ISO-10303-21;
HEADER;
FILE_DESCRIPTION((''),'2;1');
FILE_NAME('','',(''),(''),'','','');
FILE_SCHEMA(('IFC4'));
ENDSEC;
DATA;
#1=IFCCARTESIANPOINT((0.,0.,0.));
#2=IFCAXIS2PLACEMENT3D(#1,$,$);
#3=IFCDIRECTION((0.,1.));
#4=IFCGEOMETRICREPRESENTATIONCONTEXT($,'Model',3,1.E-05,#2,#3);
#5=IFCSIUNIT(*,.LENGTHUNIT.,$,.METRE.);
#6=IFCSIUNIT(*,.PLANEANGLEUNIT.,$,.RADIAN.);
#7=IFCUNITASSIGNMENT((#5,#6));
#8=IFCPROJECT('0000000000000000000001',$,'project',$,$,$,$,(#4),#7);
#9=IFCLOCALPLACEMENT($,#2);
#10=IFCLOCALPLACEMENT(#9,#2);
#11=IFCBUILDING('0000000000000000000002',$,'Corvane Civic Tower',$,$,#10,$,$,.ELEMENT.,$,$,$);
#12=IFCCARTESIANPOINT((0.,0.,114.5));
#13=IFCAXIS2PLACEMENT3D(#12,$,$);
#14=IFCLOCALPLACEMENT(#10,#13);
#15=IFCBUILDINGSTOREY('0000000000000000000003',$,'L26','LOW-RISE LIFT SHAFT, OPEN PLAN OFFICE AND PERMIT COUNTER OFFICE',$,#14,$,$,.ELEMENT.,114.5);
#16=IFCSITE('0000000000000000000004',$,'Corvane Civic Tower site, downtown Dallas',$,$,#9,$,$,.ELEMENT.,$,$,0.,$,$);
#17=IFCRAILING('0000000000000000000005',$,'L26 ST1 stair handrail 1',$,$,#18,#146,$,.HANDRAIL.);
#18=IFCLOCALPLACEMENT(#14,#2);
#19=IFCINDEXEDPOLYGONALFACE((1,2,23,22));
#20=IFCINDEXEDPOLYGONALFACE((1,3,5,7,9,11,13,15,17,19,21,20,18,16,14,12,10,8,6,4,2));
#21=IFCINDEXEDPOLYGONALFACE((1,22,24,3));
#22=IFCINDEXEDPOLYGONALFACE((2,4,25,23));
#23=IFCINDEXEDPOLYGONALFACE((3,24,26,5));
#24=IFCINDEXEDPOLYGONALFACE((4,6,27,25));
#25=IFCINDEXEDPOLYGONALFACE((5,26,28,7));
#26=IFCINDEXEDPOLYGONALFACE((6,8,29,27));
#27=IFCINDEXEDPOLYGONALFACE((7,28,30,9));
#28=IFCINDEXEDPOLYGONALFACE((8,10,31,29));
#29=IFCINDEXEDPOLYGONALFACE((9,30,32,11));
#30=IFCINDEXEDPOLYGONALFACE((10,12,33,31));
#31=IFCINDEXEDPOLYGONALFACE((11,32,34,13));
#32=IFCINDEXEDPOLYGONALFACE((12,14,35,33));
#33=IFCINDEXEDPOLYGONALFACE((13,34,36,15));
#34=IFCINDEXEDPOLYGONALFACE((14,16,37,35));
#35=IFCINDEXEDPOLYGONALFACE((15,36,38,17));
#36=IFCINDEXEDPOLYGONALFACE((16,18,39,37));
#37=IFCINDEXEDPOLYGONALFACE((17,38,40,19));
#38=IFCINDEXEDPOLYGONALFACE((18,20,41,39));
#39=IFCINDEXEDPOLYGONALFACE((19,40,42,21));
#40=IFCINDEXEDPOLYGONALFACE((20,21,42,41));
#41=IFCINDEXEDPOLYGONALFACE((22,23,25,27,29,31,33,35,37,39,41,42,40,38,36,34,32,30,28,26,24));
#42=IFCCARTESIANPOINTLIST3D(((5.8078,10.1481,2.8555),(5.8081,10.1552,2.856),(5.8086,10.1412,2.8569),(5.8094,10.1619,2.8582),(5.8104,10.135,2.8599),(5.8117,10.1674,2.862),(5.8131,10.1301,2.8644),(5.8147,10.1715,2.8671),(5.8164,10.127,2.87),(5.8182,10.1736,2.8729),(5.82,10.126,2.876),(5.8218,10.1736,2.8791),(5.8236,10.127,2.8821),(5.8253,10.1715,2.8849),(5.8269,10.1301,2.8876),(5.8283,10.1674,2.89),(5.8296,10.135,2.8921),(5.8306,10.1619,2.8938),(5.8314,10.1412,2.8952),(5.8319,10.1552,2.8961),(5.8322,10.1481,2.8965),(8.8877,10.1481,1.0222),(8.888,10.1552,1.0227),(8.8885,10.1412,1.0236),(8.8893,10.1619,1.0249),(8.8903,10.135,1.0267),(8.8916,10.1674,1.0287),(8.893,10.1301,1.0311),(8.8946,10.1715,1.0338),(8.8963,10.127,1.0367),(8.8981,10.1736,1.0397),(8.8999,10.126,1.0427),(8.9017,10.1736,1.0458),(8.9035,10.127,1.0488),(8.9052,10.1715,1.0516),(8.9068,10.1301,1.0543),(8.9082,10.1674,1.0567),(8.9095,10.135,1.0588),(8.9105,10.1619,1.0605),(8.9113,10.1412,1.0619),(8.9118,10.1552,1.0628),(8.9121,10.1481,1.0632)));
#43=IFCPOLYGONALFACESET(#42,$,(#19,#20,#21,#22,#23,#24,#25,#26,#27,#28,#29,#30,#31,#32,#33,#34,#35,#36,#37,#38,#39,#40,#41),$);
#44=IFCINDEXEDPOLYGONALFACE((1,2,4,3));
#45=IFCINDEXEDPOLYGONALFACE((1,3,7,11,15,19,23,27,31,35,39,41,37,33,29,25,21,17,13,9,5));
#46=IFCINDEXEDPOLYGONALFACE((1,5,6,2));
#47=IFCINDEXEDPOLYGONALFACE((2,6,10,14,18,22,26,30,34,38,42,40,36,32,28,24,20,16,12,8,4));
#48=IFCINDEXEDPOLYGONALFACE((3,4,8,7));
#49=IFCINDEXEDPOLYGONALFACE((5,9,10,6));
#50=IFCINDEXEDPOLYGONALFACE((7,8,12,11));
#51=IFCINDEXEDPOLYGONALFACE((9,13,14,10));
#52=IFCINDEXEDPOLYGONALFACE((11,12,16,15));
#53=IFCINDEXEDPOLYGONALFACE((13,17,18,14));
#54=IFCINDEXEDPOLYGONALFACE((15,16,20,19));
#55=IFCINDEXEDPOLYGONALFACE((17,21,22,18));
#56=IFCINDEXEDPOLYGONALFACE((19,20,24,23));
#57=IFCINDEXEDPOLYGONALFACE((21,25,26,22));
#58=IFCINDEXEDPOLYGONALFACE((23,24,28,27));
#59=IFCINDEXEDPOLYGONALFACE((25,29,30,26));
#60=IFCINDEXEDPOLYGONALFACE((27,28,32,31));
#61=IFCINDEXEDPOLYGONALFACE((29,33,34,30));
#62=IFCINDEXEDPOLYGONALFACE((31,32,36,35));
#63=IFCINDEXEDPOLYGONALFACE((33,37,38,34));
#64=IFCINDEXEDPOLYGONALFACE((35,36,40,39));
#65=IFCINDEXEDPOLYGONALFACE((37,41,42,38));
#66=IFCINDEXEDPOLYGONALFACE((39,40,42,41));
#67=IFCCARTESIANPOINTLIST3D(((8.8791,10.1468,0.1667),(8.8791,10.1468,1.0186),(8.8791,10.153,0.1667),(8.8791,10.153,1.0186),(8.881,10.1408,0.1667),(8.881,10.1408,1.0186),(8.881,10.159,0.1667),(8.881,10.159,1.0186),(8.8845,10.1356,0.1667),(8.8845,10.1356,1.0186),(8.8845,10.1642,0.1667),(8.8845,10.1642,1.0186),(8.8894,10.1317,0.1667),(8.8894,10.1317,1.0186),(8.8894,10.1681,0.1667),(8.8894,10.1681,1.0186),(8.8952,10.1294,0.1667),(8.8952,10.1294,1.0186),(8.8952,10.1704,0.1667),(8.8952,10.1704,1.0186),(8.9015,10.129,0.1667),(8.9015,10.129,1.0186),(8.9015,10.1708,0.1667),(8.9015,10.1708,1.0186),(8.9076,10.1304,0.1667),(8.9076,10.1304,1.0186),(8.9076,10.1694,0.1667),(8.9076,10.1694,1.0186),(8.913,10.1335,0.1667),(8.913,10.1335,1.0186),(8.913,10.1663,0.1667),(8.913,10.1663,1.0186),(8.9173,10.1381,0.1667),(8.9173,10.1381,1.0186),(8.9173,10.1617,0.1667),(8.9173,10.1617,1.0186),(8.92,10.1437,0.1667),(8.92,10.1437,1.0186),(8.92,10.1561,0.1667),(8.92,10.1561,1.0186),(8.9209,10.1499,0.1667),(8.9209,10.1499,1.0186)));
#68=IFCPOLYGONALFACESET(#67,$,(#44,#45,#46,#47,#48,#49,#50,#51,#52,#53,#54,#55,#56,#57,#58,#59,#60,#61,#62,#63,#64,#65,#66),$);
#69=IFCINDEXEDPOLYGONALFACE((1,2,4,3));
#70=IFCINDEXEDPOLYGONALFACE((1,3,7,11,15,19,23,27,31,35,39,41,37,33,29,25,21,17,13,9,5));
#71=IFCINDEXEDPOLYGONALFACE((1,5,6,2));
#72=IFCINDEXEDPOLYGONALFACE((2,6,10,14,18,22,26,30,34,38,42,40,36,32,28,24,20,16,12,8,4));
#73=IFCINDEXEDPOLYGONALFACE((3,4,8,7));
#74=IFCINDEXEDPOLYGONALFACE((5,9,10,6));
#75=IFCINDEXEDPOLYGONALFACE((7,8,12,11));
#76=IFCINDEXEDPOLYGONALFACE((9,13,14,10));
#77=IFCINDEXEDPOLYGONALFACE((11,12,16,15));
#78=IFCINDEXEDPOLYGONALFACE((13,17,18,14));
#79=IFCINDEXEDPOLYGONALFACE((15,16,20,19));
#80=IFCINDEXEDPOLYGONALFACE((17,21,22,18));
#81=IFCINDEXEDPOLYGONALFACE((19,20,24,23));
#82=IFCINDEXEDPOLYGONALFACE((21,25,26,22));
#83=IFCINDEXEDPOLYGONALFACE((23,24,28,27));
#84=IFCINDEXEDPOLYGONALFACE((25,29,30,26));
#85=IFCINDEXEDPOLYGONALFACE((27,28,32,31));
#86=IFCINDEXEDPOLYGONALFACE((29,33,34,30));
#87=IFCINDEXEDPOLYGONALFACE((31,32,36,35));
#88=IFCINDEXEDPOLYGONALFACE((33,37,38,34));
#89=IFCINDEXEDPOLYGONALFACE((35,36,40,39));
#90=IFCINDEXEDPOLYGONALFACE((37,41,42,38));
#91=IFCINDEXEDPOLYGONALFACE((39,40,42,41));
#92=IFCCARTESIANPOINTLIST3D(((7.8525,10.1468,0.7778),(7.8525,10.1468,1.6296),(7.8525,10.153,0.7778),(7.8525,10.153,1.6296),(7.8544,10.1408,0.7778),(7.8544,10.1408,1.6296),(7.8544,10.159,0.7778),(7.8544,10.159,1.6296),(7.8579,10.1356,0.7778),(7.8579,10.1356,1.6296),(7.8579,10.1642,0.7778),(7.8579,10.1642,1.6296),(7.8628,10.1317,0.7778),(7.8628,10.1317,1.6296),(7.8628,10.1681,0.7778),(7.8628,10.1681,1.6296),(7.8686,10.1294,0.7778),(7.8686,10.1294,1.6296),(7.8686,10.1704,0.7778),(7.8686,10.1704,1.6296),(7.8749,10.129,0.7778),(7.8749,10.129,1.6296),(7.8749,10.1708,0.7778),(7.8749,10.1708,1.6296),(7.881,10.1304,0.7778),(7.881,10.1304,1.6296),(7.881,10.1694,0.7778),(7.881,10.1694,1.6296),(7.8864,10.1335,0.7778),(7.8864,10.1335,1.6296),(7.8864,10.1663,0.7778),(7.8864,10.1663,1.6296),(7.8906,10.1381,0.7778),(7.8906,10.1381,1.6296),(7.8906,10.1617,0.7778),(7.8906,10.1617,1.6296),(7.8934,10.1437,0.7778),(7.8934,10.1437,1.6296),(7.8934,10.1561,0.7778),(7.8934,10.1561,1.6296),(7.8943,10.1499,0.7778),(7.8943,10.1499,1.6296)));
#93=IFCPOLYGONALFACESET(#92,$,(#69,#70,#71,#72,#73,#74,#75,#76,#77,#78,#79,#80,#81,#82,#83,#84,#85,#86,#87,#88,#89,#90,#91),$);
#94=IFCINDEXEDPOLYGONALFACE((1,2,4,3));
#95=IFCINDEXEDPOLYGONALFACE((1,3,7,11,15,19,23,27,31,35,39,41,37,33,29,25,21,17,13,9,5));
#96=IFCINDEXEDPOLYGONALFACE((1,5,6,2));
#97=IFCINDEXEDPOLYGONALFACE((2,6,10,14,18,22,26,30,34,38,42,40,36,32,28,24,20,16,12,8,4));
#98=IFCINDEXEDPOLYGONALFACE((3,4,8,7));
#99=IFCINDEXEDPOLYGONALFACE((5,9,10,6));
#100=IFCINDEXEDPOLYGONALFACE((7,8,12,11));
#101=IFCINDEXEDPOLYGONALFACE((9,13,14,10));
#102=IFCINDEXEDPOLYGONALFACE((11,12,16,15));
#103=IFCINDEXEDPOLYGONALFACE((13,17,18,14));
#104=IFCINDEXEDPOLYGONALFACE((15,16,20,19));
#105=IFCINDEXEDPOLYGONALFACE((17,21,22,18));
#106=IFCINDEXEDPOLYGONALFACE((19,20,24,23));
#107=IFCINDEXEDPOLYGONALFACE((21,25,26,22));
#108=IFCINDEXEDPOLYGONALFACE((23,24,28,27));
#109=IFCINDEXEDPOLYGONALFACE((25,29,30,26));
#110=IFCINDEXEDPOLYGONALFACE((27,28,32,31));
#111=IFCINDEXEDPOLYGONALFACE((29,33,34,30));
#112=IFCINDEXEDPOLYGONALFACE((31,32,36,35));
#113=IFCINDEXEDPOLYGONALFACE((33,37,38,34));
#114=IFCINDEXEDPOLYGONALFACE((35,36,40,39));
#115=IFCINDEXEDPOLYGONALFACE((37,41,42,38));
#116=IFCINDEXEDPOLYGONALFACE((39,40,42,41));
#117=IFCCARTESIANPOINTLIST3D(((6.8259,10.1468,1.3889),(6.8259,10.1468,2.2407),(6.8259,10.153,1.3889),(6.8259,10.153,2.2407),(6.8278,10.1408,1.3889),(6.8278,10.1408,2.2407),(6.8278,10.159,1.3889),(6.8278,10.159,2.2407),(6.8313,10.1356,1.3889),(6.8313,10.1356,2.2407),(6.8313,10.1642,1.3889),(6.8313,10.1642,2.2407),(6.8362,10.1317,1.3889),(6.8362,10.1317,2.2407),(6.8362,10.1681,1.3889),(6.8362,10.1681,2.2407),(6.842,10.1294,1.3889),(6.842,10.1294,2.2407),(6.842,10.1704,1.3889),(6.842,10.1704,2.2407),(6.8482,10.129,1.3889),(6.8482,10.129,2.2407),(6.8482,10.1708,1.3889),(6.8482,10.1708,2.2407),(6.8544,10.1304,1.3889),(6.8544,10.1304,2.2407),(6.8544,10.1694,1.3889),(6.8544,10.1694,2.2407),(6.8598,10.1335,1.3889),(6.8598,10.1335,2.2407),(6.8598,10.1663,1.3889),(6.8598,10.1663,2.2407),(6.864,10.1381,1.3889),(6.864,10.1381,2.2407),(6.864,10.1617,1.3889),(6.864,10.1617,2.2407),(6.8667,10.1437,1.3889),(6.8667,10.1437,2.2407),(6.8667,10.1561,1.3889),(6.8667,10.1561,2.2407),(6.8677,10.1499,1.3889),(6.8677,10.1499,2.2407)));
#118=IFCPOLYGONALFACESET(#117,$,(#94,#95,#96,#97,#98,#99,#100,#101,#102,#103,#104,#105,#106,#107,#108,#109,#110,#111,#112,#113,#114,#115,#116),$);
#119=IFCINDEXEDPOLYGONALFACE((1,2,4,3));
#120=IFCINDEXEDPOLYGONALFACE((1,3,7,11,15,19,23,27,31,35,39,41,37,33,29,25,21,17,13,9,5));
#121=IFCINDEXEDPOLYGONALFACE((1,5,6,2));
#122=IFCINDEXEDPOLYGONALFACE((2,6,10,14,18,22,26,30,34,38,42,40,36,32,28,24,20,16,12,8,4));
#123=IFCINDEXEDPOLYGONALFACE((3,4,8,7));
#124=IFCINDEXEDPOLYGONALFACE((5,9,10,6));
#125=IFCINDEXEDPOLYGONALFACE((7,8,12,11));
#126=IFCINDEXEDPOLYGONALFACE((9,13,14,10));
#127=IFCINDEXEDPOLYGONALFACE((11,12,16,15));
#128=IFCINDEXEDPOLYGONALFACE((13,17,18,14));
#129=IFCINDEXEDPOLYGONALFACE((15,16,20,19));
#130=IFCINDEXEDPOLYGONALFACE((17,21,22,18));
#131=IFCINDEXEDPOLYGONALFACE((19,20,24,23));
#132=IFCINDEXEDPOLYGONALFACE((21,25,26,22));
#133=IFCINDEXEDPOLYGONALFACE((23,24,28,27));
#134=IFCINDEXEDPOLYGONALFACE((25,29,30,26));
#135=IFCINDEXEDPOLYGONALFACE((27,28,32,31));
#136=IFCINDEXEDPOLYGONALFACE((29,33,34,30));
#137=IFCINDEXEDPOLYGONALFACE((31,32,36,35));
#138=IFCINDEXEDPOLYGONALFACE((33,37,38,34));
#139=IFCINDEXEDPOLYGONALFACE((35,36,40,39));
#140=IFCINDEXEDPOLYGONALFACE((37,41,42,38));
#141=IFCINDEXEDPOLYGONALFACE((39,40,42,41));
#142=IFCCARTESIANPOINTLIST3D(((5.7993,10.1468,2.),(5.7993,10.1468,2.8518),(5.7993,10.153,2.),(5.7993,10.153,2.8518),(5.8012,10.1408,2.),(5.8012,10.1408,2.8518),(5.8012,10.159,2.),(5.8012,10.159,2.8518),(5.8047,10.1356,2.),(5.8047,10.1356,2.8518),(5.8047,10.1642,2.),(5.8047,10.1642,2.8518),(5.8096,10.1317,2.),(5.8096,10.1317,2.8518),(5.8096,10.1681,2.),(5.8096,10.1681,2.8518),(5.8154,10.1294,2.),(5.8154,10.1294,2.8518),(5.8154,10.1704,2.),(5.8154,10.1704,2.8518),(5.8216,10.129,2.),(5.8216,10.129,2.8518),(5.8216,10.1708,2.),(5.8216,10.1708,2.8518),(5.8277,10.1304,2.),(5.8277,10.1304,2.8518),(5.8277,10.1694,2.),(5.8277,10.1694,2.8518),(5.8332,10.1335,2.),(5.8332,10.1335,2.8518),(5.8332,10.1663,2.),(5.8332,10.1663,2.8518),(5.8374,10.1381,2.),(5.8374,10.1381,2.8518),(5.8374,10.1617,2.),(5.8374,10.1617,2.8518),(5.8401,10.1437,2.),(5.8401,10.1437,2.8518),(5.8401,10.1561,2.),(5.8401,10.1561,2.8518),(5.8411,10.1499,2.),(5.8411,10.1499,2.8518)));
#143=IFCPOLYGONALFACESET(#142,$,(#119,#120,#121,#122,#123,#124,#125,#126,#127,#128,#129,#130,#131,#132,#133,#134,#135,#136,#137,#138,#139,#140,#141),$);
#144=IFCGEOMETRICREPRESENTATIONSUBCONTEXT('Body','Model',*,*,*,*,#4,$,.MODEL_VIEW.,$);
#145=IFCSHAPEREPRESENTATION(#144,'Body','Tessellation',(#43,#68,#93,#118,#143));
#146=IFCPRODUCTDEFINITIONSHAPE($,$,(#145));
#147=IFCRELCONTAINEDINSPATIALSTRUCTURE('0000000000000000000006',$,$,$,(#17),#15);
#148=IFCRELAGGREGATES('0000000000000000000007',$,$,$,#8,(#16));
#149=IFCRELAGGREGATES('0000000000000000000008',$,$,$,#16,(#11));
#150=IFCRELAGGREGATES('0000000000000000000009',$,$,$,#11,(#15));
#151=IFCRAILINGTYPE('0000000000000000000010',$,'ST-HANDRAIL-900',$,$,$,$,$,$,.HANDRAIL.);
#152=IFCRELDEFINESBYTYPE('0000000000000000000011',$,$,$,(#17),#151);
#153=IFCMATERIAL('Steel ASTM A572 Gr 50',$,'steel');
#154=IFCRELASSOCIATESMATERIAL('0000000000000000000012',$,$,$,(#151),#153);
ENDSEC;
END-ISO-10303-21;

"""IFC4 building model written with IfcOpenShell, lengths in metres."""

from ifc_helpers import new_model, si_unit, direction, frame, origin, origin_2d, place, context, subcontext, project, spatial, circle, extrude, material, type_object, element, save


model = new_model("IFC4")

# Units and contexts
model_context = context("Model", 3, precision=1e-05, world=origin(), true_north=direction((0.0, 1.0)))
body_context = subcontext(model_context, "Body", "Model", "MODEL_VIEW")
ifc_project = project(units=[si_unit("LENGTHUNIT", "METRE"), si_unit("PLANEANGLEUNIT", "RADIAN")], contexts=[model_context])

# Site, building, storey
site_placement = place(None, origin())
site = spatial("IfcSite", under=ifc_project, at=site_placement, Name="Corvane Civic Tower site, downtown Dallas", CompositionType="ELEMENT", RefElevation=0.0)
building_placement = place(site_placement, origin())
building = spatial("IfcBuilding", under=site, at=building_placement, Name="Corvane Civic Tower", CompositionType="ELEMENT")
storey_placement = place(building_placement, frame((0.0, 0.0, 114.5)))
storey = spatial("IfcBuildingStorey", under=building, at=storey_placement, Name="L26", Description="LOW-RISE LIFT SHAFT, OPEN PLAN OFFICE AND PERMIT COUNTER OFFICE", CompositionType="ELEMENT", Elevation=114.5)

# Railing
ifc_material_1 = material(Name="Steel ASTM A572 Gr 50", Category="steel")
railing_type_1 = type_object("IfcRailingType", Name="ST-HANDRAIL-900", PredefinedType="HANDRAIL", material=ifc_material_1)
railing_1_placement = place(storey_placement, frame((8.8999, 10.1499, 0.1667)))
element("IfcRailing", 1, at=railing_1_placement, inside=storey, type_object=railing_type_1, Name="L26 ST1 stair handrail 1", PredefinedType="HANDRAIL", context=body_context, shape_type="SweptSolid", body=[
    extrude(circle(Radius=0.0239, at=origin_2d()), frame((0.0, 0.0, 0.876), z_axis=(-0.859291, 0.0, 0.511487), x_axis=(0.0, -1.0, 0.0)), (0.0, 0.0, 1.0), 3.5842),
    extrude(circle(Radius=0.021, at=origin_2d()), origin(), (0.0, 0.0, 1.0), 0.8518),
    extrude(circle(Radius=0.021, at=origin_2d()), frame((-1.0266, 0.0, 0.6111)), (0.0, 0.0, 1.0), 0.8518),
    extrude(circle(Radius=0.021, at=origin_2d()), frame((-2.0532, 0.0, 1.2222)), (0.0, 0.0, 1.0), 0.8518),
    extrude(circle(Radius=0.021, at=origin_2d()), frame((-3.0798, 0.0, 1.8333)), (0.0, 0.0, 1.0), 0.8518),
])

save(model, "model.ifc")
